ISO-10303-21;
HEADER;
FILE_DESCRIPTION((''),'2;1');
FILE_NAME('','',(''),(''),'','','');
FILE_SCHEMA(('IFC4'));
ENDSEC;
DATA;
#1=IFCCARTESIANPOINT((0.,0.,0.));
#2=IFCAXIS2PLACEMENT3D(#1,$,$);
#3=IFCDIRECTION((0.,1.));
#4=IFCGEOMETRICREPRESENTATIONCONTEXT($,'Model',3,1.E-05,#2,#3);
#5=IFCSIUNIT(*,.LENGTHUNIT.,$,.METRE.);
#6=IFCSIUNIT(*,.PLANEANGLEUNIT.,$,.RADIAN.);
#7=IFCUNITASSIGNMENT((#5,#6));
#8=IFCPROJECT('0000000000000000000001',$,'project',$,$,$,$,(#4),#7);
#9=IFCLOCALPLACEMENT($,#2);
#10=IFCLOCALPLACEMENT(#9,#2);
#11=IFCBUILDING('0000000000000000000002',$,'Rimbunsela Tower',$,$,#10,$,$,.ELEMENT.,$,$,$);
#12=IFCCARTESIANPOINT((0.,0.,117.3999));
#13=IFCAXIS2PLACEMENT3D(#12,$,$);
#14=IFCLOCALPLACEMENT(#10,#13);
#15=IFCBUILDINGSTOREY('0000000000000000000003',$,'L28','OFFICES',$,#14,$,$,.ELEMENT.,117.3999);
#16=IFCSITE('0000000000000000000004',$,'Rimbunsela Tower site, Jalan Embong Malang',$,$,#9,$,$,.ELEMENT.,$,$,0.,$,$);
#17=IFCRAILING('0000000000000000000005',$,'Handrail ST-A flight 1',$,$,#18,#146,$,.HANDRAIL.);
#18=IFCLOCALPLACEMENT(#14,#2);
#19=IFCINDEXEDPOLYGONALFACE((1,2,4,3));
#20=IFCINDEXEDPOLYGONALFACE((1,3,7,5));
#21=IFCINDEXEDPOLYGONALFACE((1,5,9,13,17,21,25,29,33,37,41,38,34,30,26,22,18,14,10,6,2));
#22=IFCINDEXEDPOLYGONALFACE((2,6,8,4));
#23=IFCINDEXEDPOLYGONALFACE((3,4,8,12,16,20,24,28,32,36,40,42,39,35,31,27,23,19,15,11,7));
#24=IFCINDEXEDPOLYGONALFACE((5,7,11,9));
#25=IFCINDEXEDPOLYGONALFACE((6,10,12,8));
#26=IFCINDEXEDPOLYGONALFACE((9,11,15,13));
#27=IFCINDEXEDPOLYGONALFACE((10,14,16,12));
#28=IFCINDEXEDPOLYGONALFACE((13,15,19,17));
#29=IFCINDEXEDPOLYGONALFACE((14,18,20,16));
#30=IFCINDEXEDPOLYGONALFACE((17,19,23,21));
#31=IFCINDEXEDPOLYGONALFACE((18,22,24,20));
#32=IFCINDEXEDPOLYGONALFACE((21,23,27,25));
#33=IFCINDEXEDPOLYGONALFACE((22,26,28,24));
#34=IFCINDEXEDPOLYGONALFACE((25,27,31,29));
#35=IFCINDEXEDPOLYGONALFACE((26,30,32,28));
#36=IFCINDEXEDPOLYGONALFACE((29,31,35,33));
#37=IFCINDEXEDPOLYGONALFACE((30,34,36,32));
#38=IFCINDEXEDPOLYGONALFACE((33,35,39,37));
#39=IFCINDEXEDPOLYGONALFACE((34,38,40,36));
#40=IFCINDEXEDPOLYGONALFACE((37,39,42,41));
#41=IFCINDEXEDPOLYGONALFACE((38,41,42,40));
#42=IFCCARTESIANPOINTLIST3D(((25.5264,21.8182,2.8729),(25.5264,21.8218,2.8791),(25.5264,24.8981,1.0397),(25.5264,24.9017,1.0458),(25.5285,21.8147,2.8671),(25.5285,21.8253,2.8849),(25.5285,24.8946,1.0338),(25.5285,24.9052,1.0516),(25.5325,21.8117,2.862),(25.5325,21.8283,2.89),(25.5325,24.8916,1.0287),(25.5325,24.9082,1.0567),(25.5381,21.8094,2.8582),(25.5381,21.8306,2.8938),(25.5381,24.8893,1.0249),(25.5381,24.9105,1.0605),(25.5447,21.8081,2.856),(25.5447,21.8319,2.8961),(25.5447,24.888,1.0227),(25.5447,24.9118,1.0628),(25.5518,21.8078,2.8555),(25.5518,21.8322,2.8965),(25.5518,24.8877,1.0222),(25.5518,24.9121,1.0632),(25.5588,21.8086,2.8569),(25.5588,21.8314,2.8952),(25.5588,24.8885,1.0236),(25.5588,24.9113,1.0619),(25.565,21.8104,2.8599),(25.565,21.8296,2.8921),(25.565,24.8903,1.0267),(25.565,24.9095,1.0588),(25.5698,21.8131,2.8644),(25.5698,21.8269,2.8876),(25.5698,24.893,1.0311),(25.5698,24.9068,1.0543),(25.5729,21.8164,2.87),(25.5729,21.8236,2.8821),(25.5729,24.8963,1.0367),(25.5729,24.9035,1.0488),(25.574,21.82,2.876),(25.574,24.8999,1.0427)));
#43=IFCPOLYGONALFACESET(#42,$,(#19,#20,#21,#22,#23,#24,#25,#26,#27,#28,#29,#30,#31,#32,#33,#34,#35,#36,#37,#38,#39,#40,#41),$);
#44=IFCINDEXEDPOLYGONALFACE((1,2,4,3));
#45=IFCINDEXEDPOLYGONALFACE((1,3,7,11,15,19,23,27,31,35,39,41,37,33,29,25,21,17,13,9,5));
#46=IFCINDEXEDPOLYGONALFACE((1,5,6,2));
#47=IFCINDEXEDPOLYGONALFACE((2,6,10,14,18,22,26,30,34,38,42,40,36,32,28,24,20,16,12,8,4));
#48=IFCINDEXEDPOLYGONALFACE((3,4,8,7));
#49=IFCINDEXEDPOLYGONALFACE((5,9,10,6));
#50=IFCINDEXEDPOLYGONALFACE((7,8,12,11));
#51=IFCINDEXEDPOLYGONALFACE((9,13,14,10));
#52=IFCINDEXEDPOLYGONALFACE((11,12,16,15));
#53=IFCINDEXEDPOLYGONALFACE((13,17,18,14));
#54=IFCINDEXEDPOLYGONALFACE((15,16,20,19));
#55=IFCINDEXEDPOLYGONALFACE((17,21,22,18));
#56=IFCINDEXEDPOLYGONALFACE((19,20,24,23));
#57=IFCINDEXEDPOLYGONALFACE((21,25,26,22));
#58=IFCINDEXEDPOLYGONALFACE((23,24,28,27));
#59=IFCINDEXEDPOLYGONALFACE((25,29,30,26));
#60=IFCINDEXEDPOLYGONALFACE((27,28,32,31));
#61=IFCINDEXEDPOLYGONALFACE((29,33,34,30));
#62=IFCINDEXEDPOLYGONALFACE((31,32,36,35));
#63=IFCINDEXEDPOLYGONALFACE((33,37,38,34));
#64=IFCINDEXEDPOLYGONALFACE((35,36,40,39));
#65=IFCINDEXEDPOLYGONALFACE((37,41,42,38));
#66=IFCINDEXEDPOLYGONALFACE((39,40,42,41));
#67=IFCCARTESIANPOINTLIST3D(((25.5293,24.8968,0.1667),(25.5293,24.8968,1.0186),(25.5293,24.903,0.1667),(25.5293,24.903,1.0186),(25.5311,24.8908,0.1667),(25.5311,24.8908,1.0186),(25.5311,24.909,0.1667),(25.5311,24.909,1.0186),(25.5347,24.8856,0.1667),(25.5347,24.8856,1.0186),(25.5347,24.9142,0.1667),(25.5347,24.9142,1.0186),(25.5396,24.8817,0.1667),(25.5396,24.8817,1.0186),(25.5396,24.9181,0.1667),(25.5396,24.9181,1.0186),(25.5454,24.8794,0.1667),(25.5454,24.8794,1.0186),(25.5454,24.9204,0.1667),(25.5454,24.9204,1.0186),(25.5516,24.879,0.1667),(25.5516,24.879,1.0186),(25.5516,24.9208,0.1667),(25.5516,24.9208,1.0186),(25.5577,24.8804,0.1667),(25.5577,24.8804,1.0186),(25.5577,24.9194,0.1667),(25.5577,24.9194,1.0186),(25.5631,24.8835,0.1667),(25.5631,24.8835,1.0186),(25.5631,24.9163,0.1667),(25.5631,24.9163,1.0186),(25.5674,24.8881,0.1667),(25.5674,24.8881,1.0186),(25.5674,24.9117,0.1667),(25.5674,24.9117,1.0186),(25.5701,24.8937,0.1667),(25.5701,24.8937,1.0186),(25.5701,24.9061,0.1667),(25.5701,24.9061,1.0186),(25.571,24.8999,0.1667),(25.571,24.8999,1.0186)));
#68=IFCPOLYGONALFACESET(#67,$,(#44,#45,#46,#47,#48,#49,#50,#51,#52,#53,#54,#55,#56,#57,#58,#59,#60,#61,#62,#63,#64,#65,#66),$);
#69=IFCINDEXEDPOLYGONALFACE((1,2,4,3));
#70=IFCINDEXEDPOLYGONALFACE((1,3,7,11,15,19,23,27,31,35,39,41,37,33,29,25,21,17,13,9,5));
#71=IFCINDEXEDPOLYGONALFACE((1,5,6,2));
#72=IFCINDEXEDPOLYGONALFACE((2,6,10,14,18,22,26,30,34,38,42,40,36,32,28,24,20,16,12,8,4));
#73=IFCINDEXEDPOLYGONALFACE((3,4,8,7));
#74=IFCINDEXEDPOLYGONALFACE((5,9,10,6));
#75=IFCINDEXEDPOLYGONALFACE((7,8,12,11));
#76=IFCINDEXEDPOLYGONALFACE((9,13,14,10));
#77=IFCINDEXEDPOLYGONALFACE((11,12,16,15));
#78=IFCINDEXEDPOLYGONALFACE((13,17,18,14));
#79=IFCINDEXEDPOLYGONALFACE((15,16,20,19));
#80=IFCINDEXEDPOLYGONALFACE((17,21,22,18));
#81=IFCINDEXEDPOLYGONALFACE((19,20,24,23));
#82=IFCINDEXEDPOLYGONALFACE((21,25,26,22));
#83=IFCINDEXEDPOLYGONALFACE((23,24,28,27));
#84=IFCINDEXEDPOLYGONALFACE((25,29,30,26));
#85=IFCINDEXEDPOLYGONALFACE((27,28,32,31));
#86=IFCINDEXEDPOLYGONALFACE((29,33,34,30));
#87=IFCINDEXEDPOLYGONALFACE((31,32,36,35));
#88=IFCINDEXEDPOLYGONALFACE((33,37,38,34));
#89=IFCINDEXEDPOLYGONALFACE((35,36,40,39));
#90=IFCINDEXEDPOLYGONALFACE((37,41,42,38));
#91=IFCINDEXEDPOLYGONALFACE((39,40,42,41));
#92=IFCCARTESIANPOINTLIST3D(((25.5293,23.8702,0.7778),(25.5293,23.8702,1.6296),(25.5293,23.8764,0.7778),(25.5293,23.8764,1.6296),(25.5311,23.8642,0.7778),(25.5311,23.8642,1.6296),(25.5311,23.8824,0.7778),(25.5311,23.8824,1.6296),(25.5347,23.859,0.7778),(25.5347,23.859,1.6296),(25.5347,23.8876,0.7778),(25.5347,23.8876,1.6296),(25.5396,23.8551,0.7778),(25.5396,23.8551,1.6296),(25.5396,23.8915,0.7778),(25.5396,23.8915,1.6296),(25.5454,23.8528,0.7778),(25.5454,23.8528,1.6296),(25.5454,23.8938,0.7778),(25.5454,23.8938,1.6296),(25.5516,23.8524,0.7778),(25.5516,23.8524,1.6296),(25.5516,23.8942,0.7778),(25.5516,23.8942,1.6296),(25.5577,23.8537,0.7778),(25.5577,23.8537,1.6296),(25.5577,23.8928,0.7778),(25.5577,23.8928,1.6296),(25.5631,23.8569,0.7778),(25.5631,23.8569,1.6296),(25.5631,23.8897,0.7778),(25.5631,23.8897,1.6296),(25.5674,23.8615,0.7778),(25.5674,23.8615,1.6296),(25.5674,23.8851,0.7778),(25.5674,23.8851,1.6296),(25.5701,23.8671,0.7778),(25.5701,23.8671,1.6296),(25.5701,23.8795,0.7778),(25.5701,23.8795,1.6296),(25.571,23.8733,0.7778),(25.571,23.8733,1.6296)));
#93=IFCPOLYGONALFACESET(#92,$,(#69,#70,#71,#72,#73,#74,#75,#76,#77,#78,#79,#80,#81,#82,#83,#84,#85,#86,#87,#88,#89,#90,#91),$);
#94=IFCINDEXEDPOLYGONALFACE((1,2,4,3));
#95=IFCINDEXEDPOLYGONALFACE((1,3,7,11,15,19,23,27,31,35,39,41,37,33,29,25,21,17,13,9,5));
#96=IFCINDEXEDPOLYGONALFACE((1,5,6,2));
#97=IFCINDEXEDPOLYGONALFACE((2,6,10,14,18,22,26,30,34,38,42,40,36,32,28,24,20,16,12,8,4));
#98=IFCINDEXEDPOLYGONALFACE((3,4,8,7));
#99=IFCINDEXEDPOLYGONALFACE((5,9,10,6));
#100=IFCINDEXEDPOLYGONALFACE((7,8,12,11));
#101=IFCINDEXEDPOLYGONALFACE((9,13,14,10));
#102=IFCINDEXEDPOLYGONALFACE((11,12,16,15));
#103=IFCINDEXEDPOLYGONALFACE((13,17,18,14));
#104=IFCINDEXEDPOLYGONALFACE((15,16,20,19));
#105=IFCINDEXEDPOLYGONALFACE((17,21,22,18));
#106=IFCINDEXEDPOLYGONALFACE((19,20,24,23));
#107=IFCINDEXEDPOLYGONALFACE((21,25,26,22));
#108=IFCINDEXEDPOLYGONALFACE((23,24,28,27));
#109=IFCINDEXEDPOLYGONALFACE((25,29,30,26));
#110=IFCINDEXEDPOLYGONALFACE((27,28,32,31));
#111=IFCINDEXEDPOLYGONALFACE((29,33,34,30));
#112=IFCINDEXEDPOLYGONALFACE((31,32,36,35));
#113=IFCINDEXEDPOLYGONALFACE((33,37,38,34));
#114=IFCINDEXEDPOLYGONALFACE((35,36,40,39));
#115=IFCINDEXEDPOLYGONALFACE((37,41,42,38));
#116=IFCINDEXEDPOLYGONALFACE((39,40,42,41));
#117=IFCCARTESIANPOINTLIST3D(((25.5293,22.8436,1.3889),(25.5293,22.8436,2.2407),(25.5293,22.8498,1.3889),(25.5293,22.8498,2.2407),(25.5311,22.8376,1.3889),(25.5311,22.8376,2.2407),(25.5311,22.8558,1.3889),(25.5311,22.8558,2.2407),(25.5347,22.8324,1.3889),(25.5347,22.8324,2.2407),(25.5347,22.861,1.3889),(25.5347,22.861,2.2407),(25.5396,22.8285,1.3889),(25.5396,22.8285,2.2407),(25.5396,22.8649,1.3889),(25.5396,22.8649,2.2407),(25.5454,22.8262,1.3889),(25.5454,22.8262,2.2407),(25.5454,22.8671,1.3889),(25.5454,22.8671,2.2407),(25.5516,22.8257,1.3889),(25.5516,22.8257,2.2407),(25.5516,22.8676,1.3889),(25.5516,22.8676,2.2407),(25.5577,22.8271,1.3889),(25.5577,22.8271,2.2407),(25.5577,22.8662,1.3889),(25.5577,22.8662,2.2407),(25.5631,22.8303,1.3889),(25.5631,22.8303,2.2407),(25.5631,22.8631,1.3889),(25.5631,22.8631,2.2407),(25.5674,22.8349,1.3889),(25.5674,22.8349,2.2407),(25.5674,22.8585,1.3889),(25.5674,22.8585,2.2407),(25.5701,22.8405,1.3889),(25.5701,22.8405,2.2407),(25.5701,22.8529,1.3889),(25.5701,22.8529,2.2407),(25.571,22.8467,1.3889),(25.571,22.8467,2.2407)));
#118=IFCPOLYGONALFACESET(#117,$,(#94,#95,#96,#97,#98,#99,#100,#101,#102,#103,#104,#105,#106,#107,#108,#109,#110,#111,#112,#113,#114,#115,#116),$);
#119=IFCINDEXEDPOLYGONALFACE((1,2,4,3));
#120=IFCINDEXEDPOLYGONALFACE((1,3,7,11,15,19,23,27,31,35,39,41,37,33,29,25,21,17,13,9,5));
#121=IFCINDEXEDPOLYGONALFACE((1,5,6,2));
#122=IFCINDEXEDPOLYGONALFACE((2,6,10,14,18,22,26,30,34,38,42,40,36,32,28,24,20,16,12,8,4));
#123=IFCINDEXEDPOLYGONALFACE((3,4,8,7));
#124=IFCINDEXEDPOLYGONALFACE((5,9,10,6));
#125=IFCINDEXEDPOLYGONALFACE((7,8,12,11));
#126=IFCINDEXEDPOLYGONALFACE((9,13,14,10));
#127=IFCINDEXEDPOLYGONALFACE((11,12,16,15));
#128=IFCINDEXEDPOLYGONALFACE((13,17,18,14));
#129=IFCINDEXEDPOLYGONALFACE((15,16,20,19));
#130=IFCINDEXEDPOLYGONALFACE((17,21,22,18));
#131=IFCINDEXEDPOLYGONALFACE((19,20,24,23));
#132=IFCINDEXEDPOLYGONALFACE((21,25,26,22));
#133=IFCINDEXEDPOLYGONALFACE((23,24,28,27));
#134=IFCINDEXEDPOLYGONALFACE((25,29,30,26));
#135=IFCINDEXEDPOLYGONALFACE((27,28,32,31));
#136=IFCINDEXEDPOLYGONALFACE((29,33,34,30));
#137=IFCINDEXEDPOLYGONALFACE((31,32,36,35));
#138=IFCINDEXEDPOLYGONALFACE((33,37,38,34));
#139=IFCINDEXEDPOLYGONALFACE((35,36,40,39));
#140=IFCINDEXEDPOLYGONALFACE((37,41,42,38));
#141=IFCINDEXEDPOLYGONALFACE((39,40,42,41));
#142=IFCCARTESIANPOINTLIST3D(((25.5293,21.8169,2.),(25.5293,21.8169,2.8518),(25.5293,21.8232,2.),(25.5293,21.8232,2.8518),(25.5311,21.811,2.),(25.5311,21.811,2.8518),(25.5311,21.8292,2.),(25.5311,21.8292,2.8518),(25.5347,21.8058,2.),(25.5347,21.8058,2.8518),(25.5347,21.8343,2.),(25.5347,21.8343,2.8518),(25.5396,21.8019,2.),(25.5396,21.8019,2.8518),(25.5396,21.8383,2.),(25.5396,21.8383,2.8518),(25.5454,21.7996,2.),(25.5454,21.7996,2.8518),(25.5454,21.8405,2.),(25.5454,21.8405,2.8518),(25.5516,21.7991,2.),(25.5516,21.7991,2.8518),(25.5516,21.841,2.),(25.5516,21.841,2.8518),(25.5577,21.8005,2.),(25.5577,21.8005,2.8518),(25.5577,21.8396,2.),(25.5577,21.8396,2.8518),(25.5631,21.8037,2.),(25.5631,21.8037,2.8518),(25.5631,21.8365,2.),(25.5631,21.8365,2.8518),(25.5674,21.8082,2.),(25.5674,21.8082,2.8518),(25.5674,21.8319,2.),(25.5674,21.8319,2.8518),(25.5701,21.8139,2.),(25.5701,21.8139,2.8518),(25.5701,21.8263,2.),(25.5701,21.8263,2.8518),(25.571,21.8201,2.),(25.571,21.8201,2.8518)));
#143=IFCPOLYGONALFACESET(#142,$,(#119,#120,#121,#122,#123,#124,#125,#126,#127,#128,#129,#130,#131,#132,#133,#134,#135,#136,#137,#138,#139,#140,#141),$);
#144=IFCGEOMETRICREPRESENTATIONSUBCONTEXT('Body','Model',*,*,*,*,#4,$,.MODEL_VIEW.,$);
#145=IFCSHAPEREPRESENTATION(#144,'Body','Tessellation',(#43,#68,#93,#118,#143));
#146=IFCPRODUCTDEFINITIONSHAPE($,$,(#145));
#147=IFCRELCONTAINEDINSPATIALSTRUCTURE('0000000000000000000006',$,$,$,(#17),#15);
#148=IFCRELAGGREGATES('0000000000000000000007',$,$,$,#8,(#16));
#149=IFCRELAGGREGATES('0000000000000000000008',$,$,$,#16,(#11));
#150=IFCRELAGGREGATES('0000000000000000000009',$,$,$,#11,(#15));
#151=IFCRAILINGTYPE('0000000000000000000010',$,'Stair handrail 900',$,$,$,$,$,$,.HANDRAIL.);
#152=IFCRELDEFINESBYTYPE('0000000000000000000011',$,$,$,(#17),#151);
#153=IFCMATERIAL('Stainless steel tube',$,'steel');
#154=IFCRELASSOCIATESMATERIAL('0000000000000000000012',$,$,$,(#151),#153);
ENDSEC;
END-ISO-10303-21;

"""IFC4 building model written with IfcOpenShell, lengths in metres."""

from ifc_helpers import new_model, si_unit, direction, frame, origin, origin_2d, place, context, subcontext, project, spatial, circle, extrude, material, type_object, element, save


model = new_model("IFC4")

# Units and contexts
model_context = context("Model", 3, precision=1e-05, world=origin(), true_north=direction((0.0, 1.0)))
body_context = subcontext(model_context, "Body", "Model", "MODEL_VIEW")
ifc_project = project(units=[si_unit("LENGTHUNIT", "METRE"), si_unit("PLANEANGLEUNIT", "RADIAN")], contexts=[model_context])

# Site, building, storey
site_placement = place(None, origin())
site = spatial("IfcSite", under=ifc_project, at=site_placement, Name="Rimbunsela Tower site, Jalan Embong Malang", CompositionType="ELEMENT", RefElevation=0.0)
building_placement = place(site_placement, origin())
building = spatial("IfcBuilding", under=site, at=building_placement, Name="Rimbunsela Tower", CompositionType="ELEMENT")
storey_placement = place(building_placement, frame((0.0, 0.0, 117.3999)))
storey = spatial("IfcBuildingStorey", under=building, at=storey_placement, Name="L28", Description="OFFICES", CompositionType="ELEMENT", Elevation=117.3999)

# Railing
ifc_material_1 = material(Name="Stainless steel tube", Category="steel")
railing_type = type_object("IfcRailingType", Name="Stair handrail 900", PredefinedType="HANDRAIL", material=ifc_material_1)
railing_1_placement = place(storey_placement, frame((25.55, 24.8999, 0.1667)))
element("IfcRailing", 1, at=railing_1_placement, inside=storey, type_object=railing_type, Name="Handrail ST-A flight 1", PredefinedType="HANDRAIL", context=body_context, shape_type="SweptSolid", body=[
    extrude(circle(Radius=0.0239, at=origin_2d()), frame((0.0, 0.0, 0.876), z_axis=(0.0, -0.859291, 0.511487), x_axis=(1.0, 0.0, 0.0)), (0.0, 0.0, 1.0), 3.5842),
    extrude(circle(Radius=0.021, at=origin_2d()), origin(), (0.0, 0.0, 1.0), 0.8518),
    extrude(circle(Radius=0.021, at=origin_2d()), frame((0.0, -1.0266, 0.6111)), (0.0, 0.0, 1.0), 0.8518),
    extrude(circle(Radius=0.021, at=origin_2d()), frame((0.0, -2.0532, 1.2222)), (0.0, 0.0, 1.0), 0.8518),
    extrude(circle(Radius=0.021, at=origin_2d()), frame((0.0, -3.0798, 1.8333)), (0.0, 0.0, 1.0), 0.8518),
])

save(model, "model.ifc")
